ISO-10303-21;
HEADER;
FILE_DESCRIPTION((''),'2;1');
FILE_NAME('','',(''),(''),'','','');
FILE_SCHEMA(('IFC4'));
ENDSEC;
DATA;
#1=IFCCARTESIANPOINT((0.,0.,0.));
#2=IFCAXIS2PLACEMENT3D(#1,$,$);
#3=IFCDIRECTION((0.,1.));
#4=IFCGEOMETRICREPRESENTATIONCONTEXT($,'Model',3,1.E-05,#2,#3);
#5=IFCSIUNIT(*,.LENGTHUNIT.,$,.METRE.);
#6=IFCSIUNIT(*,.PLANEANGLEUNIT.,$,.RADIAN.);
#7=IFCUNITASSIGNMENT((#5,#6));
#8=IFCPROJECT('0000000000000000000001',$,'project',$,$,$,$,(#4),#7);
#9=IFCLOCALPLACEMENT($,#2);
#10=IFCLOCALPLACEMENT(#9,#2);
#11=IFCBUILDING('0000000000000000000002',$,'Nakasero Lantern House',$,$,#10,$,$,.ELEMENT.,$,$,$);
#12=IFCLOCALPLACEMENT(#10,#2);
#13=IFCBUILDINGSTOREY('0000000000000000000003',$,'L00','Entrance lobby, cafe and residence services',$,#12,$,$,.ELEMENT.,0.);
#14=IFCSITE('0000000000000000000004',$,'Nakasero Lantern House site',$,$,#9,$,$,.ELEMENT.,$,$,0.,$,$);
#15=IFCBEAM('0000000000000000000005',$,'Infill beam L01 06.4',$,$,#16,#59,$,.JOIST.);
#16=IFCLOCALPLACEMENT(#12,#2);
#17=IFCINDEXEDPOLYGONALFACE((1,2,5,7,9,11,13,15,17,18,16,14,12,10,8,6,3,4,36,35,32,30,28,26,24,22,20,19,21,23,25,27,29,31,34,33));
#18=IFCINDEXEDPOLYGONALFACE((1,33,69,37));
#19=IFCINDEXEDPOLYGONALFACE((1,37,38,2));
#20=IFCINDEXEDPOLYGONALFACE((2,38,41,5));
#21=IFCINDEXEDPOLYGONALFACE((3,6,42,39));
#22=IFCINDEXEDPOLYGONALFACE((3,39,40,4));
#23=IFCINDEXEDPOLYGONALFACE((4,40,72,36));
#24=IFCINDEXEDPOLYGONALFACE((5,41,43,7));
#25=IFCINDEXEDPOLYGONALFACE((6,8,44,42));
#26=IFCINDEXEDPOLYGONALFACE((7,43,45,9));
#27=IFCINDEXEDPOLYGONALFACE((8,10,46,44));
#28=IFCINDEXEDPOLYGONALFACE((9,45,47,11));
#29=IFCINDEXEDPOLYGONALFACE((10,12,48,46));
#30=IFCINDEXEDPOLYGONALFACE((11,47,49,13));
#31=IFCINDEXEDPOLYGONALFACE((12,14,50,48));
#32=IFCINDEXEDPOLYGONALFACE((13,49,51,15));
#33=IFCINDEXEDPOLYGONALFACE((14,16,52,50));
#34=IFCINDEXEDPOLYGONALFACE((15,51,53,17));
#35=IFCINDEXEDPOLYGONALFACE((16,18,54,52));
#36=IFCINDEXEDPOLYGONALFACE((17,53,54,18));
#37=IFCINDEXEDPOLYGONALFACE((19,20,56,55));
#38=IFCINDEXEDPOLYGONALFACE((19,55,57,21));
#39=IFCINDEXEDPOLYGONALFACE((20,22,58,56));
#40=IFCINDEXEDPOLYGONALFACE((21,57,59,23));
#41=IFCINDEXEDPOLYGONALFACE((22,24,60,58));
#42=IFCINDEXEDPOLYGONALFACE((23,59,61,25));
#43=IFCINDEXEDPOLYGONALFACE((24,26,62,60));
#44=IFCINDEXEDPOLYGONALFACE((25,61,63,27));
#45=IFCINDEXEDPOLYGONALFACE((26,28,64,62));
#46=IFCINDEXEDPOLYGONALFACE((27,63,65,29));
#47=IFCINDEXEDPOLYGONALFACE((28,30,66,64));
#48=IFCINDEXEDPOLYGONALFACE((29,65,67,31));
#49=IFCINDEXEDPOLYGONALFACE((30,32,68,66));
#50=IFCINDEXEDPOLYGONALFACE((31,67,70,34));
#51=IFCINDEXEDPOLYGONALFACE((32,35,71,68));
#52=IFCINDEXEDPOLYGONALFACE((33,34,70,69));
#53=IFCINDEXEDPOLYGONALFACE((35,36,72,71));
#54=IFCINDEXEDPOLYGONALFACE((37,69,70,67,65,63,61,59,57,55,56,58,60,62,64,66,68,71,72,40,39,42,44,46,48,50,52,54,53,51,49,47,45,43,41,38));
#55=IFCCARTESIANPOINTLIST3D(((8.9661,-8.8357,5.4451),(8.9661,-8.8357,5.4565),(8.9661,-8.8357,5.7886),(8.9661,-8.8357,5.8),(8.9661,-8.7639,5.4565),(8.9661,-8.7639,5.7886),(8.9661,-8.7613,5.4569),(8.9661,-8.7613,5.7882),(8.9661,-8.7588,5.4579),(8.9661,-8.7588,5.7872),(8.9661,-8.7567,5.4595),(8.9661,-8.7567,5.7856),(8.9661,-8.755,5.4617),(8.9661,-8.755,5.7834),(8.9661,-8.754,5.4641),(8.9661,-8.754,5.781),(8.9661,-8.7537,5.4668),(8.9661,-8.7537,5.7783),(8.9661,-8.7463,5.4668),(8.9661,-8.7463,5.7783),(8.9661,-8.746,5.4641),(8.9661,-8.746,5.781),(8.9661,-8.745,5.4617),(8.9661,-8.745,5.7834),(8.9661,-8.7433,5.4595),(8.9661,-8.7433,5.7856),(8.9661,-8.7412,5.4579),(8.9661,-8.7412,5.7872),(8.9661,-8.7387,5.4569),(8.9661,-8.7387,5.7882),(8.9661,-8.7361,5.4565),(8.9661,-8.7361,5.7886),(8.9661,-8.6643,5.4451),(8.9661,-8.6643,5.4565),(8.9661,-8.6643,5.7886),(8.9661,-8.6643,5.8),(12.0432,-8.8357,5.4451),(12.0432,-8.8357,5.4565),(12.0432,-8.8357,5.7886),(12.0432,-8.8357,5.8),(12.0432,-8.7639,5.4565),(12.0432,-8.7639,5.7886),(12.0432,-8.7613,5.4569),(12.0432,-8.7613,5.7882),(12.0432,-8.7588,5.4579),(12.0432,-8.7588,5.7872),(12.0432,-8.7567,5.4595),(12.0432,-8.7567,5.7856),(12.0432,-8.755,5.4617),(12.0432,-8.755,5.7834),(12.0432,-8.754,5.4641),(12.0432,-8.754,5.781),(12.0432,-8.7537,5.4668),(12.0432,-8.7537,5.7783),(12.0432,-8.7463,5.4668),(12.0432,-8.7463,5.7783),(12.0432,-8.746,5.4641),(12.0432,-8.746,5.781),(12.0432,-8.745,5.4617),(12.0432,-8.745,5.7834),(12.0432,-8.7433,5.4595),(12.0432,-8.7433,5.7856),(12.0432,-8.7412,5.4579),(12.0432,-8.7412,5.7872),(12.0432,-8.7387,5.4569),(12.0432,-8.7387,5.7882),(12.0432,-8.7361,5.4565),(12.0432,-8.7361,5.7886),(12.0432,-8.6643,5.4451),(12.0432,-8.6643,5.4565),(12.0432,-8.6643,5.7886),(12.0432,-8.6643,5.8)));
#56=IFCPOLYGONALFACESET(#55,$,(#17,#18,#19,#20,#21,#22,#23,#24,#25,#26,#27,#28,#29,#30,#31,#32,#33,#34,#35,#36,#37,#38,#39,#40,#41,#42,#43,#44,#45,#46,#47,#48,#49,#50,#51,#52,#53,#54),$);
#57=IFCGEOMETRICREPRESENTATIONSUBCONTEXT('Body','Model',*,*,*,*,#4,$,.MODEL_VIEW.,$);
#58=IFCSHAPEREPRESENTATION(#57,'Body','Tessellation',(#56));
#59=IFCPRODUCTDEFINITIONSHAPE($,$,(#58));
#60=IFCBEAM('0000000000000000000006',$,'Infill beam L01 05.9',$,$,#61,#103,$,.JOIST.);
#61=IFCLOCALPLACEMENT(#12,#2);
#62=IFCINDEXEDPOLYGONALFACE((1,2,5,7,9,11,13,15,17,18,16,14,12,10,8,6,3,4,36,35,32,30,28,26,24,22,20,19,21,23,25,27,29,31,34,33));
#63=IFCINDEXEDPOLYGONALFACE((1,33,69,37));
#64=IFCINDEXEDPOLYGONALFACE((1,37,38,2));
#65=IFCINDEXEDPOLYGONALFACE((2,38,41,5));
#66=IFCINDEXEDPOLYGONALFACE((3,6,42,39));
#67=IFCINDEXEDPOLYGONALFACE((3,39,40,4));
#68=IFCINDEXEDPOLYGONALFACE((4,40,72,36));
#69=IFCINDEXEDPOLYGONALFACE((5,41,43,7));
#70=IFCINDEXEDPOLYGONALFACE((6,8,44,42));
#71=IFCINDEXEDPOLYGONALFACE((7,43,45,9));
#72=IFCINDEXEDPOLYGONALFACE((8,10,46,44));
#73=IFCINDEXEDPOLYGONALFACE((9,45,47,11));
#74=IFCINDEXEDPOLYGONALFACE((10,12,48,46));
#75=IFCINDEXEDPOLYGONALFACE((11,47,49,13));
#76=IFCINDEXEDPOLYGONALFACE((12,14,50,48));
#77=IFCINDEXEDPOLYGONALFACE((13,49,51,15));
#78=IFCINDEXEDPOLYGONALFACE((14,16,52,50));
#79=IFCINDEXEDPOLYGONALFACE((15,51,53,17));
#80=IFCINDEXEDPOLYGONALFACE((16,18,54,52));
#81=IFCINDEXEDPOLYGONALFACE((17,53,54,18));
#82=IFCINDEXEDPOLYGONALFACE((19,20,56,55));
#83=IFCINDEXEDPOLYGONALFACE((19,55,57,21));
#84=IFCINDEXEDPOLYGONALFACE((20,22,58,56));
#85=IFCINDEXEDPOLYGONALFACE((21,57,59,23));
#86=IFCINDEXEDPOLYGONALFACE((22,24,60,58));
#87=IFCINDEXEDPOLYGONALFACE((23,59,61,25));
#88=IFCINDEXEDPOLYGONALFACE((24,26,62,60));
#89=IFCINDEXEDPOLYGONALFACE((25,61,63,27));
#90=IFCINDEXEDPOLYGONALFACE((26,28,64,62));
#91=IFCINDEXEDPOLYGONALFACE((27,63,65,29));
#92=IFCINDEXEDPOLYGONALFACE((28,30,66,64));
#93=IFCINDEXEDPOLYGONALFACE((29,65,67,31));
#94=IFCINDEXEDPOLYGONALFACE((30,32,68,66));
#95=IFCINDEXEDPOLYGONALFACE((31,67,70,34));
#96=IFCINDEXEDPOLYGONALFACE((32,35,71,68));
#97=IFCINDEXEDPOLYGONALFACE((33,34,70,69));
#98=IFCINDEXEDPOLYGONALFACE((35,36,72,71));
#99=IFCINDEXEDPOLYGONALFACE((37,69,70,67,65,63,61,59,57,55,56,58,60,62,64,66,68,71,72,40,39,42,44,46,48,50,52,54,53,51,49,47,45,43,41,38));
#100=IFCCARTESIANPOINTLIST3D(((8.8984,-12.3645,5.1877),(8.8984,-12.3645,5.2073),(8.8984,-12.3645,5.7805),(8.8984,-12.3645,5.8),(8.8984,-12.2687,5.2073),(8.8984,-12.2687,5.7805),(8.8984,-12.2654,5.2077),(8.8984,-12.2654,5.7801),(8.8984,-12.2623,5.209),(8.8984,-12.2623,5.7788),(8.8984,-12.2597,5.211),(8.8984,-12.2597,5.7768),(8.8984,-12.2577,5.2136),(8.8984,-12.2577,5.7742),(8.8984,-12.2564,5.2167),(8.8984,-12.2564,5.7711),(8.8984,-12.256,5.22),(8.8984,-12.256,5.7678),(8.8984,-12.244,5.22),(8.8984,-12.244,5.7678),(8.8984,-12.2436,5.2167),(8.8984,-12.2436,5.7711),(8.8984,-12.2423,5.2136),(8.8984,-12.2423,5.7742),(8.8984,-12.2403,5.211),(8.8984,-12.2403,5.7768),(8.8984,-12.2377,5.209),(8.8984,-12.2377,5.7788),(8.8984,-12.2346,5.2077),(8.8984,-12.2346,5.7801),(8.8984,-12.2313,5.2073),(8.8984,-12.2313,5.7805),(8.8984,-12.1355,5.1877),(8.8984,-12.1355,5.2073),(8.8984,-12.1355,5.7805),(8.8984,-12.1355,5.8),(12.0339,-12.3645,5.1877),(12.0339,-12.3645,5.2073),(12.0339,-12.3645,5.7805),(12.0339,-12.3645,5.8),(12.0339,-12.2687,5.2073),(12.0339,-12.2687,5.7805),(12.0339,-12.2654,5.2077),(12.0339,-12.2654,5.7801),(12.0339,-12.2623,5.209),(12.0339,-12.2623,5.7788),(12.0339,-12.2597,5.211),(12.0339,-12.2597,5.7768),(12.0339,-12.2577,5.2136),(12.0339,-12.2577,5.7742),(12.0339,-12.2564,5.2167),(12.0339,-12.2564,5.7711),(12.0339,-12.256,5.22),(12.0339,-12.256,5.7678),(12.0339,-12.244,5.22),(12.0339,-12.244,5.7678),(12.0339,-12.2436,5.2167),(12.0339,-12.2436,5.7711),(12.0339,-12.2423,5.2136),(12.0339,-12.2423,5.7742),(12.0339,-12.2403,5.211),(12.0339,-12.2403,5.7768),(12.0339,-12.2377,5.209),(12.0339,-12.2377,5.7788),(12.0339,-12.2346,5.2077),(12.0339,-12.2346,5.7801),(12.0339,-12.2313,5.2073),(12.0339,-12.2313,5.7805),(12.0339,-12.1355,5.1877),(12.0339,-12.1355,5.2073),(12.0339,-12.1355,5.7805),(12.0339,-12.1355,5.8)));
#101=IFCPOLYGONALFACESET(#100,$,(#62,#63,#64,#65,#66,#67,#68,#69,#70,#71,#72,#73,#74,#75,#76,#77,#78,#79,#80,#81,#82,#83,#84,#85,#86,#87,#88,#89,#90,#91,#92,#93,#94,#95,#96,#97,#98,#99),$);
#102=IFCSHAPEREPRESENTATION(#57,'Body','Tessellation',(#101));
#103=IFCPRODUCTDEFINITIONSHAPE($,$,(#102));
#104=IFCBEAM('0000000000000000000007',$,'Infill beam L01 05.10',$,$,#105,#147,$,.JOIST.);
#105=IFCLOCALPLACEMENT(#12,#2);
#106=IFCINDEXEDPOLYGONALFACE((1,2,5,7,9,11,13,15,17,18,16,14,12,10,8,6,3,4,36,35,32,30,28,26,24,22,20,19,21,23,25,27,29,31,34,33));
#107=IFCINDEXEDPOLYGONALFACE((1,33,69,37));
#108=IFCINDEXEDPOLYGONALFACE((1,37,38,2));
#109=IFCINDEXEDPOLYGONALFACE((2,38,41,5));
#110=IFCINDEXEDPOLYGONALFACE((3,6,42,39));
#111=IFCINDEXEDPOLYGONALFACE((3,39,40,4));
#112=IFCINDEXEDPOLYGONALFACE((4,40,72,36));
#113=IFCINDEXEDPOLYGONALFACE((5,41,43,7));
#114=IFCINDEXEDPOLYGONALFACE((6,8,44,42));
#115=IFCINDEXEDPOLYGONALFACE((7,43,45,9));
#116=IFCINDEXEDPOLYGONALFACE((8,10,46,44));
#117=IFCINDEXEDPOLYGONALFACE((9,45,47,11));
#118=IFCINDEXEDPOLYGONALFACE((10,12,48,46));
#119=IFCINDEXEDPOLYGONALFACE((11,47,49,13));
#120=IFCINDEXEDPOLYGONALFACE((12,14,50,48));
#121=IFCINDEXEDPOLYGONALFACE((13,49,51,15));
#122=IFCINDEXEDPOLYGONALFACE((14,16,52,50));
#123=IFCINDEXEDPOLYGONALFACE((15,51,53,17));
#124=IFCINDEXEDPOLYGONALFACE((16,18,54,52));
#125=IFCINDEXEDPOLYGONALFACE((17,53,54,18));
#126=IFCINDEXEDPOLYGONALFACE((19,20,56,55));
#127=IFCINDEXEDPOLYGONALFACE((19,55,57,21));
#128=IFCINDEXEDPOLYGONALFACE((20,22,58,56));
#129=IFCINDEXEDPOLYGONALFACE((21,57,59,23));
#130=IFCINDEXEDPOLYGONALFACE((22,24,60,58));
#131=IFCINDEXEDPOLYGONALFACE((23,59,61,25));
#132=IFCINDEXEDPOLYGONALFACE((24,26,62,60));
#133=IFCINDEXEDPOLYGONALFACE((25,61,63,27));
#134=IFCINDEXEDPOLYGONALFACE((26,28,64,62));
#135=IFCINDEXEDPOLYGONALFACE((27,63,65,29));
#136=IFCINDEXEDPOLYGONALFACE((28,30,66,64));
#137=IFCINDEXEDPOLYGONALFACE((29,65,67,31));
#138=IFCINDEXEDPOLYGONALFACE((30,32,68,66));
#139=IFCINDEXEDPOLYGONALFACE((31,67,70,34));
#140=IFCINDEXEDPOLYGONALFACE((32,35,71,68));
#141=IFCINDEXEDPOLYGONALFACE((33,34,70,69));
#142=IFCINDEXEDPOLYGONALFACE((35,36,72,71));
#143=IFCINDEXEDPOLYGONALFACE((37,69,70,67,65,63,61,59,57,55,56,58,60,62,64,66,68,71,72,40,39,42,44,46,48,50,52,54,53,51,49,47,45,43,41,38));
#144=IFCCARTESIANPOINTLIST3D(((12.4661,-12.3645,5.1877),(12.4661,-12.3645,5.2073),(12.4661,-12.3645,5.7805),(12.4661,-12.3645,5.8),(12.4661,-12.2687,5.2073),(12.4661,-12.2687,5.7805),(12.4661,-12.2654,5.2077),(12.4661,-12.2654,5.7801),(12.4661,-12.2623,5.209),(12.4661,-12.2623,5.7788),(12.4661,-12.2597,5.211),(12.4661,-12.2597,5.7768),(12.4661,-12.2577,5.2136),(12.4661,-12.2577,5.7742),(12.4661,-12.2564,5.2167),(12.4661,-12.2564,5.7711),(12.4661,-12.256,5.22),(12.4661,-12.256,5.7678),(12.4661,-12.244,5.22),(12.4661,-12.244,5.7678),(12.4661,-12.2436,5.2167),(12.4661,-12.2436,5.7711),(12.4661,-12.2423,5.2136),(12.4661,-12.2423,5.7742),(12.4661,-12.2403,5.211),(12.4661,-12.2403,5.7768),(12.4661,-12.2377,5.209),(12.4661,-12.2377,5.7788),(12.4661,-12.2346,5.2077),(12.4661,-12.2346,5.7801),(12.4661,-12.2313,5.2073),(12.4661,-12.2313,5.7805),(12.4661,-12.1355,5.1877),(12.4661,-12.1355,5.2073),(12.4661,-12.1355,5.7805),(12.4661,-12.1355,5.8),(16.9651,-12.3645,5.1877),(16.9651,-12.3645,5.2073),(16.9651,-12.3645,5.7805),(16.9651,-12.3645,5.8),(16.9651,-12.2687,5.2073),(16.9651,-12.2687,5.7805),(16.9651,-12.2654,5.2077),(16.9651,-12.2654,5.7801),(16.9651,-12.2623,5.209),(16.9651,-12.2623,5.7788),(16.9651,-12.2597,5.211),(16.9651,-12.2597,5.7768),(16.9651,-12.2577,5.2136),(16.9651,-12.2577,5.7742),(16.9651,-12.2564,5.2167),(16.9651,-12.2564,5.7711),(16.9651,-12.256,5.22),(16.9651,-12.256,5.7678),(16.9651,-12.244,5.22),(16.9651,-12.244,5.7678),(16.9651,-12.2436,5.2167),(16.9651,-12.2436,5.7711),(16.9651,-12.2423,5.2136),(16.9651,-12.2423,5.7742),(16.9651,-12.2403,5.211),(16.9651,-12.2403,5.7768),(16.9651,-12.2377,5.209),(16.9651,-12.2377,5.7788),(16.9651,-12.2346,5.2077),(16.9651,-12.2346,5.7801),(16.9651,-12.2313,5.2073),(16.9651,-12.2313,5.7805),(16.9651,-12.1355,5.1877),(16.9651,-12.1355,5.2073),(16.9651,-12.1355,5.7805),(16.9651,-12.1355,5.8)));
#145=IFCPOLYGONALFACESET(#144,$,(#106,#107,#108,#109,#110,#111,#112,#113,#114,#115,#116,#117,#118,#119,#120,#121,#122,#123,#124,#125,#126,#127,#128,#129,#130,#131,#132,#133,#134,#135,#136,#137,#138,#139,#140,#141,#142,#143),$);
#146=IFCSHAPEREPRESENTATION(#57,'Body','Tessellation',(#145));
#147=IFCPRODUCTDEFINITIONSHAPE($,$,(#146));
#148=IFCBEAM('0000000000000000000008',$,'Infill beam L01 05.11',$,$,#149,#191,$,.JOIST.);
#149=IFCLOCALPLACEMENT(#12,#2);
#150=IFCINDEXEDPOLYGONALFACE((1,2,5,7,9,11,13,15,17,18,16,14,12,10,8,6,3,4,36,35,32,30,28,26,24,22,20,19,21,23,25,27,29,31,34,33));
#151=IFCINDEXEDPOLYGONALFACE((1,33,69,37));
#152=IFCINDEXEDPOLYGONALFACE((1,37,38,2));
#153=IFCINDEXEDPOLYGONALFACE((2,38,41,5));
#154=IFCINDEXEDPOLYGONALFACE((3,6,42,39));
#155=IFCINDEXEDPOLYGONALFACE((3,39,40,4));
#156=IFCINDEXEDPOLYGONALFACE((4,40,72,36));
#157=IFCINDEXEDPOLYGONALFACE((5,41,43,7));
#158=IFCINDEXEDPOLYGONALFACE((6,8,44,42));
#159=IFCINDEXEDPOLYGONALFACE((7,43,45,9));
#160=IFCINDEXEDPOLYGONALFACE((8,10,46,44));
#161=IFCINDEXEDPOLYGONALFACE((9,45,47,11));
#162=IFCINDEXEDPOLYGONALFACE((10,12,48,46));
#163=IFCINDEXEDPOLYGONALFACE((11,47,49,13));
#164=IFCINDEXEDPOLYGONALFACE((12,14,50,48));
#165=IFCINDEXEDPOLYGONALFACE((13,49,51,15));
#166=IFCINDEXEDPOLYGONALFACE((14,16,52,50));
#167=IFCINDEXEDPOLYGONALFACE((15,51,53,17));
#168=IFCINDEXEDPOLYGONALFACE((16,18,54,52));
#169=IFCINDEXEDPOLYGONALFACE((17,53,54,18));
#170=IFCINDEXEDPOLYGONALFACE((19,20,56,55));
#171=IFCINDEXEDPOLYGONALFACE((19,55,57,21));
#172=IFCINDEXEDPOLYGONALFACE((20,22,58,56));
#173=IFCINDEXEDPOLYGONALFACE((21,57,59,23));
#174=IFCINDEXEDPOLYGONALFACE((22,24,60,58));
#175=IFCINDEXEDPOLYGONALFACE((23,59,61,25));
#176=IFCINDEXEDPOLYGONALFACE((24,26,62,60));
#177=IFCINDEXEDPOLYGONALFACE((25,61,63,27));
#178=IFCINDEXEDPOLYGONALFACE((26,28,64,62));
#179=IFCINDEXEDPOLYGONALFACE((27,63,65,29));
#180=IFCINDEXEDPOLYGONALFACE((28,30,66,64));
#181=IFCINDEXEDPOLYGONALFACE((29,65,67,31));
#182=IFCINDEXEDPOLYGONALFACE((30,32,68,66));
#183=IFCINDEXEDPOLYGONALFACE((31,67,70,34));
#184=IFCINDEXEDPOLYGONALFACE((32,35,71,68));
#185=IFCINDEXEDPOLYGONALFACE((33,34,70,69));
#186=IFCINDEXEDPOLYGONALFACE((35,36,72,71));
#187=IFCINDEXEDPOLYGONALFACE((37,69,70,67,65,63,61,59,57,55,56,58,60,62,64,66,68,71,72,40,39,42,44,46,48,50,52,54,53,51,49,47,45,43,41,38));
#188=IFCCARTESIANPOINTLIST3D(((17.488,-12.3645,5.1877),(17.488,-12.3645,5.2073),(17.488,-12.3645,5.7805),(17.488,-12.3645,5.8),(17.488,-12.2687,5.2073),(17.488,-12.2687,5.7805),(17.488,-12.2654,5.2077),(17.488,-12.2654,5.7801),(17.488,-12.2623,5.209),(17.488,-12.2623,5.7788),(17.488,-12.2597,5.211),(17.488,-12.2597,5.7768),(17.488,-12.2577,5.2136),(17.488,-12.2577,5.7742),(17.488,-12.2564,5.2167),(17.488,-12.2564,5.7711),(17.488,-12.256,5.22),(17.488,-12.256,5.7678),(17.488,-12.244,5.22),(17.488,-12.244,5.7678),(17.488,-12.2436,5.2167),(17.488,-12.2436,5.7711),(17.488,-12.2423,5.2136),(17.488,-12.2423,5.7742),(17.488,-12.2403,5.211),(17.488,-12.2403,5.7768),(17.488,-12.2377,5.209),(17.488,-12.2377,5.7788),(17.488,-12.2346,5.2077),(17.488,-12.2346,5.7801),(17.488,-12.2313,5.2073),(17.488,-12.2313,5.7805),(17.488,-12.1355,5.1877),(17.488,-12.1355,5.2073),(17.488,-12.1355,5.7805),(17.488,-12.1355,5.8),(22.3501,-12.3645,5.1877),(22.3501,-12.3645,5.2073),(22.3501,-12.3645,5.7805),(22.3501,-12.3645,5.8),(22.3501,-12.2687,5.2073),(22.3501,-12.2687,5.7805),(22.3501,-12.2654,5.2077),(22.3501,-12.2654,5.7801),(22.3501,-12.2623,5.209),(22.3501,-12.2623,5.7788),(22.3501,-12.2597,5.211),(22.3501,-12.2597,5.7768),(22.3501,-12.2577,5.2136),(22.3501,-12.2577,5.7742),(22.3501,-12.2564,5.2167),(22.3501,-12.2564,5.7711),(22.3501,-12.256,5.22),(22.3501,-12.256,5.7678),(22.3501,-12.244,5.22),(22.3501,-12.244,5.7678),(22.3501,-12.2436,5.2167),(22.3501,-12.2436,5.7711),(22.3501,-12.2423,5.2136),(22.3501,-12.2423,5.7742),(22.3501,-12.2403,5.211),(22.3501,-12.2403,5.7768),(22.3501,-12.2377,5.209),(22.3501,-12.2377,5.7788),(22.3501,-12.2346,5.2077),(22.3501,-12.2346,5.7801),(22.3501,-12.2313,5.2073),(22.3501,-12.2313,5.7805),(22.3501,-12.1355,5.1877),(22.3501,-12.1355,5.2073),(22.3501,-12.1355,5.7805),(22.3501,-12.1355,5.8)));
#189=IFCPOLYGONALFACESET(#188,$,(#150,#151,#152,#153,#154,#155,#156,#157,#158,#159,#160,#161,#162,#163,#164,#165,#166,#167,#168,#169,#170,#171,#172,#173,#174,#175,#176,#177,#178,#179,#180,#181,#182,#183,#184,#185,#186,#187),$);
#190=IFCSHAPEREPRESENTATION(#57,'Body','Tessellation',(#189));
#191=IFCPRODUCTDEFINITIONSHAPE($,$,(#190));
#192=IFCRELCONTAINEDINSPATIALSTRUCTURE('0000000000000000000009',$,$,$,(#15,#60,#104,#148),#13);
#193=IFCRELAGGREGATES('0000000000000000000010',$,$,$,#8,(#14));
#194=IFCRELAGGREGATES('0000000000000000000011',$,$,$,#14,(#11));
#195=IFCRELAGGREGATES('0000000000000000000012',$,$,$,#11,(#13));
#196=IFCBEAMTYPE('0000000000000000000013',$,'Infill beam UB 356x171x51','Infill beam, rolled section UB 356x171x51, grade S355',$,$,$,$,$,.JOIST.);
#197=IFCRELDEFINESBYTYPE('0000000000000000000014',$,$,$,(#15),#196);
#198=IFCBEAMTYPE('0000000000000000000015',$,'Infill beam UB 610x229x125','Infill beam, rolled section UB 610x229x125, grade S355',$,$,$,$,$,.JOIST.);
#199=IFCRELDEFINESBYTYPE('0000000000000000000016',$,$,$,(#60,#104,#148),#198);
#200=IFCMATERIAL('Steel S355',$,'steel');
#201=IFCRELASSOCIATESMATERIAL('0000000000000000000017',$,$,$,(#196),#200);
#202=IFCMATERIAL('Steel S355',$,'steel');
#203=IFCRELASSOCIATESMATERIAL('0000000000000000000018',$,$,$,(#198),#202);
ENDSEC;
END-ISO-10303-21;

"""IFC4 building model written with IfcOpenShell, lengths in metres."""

from ifc_helpers import new_model, si_unit, direction, frame, origin, origin_2d, place, context, subcontext, project, spatial, i_section, extrude, material, material_profile, profile_set, type_object, element, save


model = new_model("IFC4")

# Units and contexts
model_context = context("Model", 3, precision=1e-05, world=origin(), true_north=direction((0.0, 1.0)))
body_context = subcontext(model_context, "Body", "Model", "MODEL_VIEW")
ifc_project = project(units=[si_unit("LENGTHUNIT", "METRE"), si_unit("PLANEANGLEUNIT", "RADIAN")], contexts=[model_context])

# Site, building, storey
site_placement = place(None, origin())
site = spatial("IfcSite", under=ifc_project, at=site_placement, Name="Nakasero Lantern House site", CompositionType="ELEMENT", RefElevation=0.0)
building_placement = place(site_placement, origin())
building = spatial("IfcBuilding", under=site, at=building_placement, Name="Nakasero Lantern House", CompositionType="ELEMENT")
storey_placement = place(building_placement, origin())
storey = spatial("IfcBuildingStorey", under=building, at=storey_placement, Name="L00", Description="Entrance lobby, cafe and residence services", CompositionType="ELEMENT", Elevation=0.0)

# Beams
ifc_material_1 = material(Name="Steel S355", Category="steel")
ifc_material_profile_1 = material_profile(ifc_material_1, i_section(OverallWidth=0.1714, OverallDepth=0.355, WebThickness=0.0073, FlangeThickness=0.0115, FilletRadius=0.0103, at=origin_2d()), Name="UB 356x171x51")
ifc_profile_set_1 = profile_set([ifc_material_profile_1], Name="Steel S355")
beam_type_1 = type_object("IfcBeamType", Name="Infill beam UB 356x171x51", Description="Infill beam, rolled section UB 356x171x51, grade S355", PredefinedType="JOIST", material=ifc_profile_set_1)
beam_1_placement = place(storey_placement, frame((8.9661, -8.75, 5.6226), z_axis=(1.0, 0.0, 0.0), x_axis=(0.0, 1.0, 0.0)))
element("IfcBeam", 1, at=beam_1_placement, inside=storey, type_object=beam_type_1, Name="Infill beam L01 06.4", PredefinedType="JOIST", context=body_context, shape_type="SweptSolid", body=[
    extrude(i_section(OverallWidth=0.1714, OverallDepth=0.355, WebThickness=0.0073, FlangeThickness=0.0115, FilletRadius=0.0103, at=origin_2d()), origin(), (0.0, 0.0, 1.0), 3.0771),
])
ifc_material_2 = material(Name="Steel S355", Category="steel")
ifc_material_profile_2 = material_profile(ifc_material_2, i_section(OverallWidth=0.229, OverallDepth=0.6123, WebThickness=0.012, FlangeThickness=0.0195, FilletRadius=0.0127, at=origin_2d()), Name="UB 610x229x125")
ifc_profile_set_2 = profile_set([ifc_material_profile_2], Name="Steel S355")
beam_type_2 = type_object("IfcBeamType", Name="Infill beam UB 610x229x125", Description="Infill beam, rolled section UB 610x229x125, grade S355", PredefinedType="JOIST", material=ifc_profile_set_2)
beam_2_placement = place(storey_placement, frame((8.8984, -12.25, 5.4939), z_axis=(1.0, 0.0, 0.0), x_axis=(0.0, 1.0, 0.0)))
element("IfcBeam", 2, at=beam_2_placement, inside=storey, type_object=beam_type_2, Name="Infill beam L01 05.9", PredefinedType="JOIST", context=body_context, shape_type="SweptSolid", body=[
    extrude(i_section(OverallWidth=0.229, OverallDepth=0.6123, WebThickness=0.012, FlangeThickness=0.0195, FilletRadius=0.0127, at=origin_2d()), origin(), (0.0, 0.0, 1.0), 3.1355),
])
beam_3_placement = place(storey_placement, frame((12.4661, -12.25, 5.4939), z_axis=(1.0, 0.0, 0.0), x_axis=(0.0, 1.0, 0.0)))
element("IfcBeam", 3, at=beam_3_placement, inside=storey, type_object=beam_type_2, Name="Infill beam L01 05.10", PredefinedType="JOIST", context=body_context, shape_type="SweptSolid", body=[
    extrude(i_section(OverallWidth=0.229, OverallDepth=0.6123, WebThickness=0.012, FlangeThickness=0.0195, FilletRadius=0.0127, at=origin_2d()), origin(), (0.0, 0.0, 1.0), 4.499),
])
beam_4_placement = place(storey_placement, frame((17.488, -12.25, 5.4939), z_axis=(1.0, 0.0, 0.0), x_axis=(0.0, 1.0, 0.0)))
element("IfcBeam", 4, at=beam_4_placement, inside=storey, type_object=beam_type_2, Name="Infill beam L01 05.11", PredefinedType="JOIST", context=body_context, shape_type="SweptSolid", body=[
    extrude(i_section(OverallWidth=0.229, OverallDepth=0.6123, WebThickness=0.012, FlangeThickness=0.0195, FilletRadius=0.0127, at=origin_2d()), origin(), (0.0, 0.0, 1.0), 4.8621),
])

save(model, "model.ifc")
